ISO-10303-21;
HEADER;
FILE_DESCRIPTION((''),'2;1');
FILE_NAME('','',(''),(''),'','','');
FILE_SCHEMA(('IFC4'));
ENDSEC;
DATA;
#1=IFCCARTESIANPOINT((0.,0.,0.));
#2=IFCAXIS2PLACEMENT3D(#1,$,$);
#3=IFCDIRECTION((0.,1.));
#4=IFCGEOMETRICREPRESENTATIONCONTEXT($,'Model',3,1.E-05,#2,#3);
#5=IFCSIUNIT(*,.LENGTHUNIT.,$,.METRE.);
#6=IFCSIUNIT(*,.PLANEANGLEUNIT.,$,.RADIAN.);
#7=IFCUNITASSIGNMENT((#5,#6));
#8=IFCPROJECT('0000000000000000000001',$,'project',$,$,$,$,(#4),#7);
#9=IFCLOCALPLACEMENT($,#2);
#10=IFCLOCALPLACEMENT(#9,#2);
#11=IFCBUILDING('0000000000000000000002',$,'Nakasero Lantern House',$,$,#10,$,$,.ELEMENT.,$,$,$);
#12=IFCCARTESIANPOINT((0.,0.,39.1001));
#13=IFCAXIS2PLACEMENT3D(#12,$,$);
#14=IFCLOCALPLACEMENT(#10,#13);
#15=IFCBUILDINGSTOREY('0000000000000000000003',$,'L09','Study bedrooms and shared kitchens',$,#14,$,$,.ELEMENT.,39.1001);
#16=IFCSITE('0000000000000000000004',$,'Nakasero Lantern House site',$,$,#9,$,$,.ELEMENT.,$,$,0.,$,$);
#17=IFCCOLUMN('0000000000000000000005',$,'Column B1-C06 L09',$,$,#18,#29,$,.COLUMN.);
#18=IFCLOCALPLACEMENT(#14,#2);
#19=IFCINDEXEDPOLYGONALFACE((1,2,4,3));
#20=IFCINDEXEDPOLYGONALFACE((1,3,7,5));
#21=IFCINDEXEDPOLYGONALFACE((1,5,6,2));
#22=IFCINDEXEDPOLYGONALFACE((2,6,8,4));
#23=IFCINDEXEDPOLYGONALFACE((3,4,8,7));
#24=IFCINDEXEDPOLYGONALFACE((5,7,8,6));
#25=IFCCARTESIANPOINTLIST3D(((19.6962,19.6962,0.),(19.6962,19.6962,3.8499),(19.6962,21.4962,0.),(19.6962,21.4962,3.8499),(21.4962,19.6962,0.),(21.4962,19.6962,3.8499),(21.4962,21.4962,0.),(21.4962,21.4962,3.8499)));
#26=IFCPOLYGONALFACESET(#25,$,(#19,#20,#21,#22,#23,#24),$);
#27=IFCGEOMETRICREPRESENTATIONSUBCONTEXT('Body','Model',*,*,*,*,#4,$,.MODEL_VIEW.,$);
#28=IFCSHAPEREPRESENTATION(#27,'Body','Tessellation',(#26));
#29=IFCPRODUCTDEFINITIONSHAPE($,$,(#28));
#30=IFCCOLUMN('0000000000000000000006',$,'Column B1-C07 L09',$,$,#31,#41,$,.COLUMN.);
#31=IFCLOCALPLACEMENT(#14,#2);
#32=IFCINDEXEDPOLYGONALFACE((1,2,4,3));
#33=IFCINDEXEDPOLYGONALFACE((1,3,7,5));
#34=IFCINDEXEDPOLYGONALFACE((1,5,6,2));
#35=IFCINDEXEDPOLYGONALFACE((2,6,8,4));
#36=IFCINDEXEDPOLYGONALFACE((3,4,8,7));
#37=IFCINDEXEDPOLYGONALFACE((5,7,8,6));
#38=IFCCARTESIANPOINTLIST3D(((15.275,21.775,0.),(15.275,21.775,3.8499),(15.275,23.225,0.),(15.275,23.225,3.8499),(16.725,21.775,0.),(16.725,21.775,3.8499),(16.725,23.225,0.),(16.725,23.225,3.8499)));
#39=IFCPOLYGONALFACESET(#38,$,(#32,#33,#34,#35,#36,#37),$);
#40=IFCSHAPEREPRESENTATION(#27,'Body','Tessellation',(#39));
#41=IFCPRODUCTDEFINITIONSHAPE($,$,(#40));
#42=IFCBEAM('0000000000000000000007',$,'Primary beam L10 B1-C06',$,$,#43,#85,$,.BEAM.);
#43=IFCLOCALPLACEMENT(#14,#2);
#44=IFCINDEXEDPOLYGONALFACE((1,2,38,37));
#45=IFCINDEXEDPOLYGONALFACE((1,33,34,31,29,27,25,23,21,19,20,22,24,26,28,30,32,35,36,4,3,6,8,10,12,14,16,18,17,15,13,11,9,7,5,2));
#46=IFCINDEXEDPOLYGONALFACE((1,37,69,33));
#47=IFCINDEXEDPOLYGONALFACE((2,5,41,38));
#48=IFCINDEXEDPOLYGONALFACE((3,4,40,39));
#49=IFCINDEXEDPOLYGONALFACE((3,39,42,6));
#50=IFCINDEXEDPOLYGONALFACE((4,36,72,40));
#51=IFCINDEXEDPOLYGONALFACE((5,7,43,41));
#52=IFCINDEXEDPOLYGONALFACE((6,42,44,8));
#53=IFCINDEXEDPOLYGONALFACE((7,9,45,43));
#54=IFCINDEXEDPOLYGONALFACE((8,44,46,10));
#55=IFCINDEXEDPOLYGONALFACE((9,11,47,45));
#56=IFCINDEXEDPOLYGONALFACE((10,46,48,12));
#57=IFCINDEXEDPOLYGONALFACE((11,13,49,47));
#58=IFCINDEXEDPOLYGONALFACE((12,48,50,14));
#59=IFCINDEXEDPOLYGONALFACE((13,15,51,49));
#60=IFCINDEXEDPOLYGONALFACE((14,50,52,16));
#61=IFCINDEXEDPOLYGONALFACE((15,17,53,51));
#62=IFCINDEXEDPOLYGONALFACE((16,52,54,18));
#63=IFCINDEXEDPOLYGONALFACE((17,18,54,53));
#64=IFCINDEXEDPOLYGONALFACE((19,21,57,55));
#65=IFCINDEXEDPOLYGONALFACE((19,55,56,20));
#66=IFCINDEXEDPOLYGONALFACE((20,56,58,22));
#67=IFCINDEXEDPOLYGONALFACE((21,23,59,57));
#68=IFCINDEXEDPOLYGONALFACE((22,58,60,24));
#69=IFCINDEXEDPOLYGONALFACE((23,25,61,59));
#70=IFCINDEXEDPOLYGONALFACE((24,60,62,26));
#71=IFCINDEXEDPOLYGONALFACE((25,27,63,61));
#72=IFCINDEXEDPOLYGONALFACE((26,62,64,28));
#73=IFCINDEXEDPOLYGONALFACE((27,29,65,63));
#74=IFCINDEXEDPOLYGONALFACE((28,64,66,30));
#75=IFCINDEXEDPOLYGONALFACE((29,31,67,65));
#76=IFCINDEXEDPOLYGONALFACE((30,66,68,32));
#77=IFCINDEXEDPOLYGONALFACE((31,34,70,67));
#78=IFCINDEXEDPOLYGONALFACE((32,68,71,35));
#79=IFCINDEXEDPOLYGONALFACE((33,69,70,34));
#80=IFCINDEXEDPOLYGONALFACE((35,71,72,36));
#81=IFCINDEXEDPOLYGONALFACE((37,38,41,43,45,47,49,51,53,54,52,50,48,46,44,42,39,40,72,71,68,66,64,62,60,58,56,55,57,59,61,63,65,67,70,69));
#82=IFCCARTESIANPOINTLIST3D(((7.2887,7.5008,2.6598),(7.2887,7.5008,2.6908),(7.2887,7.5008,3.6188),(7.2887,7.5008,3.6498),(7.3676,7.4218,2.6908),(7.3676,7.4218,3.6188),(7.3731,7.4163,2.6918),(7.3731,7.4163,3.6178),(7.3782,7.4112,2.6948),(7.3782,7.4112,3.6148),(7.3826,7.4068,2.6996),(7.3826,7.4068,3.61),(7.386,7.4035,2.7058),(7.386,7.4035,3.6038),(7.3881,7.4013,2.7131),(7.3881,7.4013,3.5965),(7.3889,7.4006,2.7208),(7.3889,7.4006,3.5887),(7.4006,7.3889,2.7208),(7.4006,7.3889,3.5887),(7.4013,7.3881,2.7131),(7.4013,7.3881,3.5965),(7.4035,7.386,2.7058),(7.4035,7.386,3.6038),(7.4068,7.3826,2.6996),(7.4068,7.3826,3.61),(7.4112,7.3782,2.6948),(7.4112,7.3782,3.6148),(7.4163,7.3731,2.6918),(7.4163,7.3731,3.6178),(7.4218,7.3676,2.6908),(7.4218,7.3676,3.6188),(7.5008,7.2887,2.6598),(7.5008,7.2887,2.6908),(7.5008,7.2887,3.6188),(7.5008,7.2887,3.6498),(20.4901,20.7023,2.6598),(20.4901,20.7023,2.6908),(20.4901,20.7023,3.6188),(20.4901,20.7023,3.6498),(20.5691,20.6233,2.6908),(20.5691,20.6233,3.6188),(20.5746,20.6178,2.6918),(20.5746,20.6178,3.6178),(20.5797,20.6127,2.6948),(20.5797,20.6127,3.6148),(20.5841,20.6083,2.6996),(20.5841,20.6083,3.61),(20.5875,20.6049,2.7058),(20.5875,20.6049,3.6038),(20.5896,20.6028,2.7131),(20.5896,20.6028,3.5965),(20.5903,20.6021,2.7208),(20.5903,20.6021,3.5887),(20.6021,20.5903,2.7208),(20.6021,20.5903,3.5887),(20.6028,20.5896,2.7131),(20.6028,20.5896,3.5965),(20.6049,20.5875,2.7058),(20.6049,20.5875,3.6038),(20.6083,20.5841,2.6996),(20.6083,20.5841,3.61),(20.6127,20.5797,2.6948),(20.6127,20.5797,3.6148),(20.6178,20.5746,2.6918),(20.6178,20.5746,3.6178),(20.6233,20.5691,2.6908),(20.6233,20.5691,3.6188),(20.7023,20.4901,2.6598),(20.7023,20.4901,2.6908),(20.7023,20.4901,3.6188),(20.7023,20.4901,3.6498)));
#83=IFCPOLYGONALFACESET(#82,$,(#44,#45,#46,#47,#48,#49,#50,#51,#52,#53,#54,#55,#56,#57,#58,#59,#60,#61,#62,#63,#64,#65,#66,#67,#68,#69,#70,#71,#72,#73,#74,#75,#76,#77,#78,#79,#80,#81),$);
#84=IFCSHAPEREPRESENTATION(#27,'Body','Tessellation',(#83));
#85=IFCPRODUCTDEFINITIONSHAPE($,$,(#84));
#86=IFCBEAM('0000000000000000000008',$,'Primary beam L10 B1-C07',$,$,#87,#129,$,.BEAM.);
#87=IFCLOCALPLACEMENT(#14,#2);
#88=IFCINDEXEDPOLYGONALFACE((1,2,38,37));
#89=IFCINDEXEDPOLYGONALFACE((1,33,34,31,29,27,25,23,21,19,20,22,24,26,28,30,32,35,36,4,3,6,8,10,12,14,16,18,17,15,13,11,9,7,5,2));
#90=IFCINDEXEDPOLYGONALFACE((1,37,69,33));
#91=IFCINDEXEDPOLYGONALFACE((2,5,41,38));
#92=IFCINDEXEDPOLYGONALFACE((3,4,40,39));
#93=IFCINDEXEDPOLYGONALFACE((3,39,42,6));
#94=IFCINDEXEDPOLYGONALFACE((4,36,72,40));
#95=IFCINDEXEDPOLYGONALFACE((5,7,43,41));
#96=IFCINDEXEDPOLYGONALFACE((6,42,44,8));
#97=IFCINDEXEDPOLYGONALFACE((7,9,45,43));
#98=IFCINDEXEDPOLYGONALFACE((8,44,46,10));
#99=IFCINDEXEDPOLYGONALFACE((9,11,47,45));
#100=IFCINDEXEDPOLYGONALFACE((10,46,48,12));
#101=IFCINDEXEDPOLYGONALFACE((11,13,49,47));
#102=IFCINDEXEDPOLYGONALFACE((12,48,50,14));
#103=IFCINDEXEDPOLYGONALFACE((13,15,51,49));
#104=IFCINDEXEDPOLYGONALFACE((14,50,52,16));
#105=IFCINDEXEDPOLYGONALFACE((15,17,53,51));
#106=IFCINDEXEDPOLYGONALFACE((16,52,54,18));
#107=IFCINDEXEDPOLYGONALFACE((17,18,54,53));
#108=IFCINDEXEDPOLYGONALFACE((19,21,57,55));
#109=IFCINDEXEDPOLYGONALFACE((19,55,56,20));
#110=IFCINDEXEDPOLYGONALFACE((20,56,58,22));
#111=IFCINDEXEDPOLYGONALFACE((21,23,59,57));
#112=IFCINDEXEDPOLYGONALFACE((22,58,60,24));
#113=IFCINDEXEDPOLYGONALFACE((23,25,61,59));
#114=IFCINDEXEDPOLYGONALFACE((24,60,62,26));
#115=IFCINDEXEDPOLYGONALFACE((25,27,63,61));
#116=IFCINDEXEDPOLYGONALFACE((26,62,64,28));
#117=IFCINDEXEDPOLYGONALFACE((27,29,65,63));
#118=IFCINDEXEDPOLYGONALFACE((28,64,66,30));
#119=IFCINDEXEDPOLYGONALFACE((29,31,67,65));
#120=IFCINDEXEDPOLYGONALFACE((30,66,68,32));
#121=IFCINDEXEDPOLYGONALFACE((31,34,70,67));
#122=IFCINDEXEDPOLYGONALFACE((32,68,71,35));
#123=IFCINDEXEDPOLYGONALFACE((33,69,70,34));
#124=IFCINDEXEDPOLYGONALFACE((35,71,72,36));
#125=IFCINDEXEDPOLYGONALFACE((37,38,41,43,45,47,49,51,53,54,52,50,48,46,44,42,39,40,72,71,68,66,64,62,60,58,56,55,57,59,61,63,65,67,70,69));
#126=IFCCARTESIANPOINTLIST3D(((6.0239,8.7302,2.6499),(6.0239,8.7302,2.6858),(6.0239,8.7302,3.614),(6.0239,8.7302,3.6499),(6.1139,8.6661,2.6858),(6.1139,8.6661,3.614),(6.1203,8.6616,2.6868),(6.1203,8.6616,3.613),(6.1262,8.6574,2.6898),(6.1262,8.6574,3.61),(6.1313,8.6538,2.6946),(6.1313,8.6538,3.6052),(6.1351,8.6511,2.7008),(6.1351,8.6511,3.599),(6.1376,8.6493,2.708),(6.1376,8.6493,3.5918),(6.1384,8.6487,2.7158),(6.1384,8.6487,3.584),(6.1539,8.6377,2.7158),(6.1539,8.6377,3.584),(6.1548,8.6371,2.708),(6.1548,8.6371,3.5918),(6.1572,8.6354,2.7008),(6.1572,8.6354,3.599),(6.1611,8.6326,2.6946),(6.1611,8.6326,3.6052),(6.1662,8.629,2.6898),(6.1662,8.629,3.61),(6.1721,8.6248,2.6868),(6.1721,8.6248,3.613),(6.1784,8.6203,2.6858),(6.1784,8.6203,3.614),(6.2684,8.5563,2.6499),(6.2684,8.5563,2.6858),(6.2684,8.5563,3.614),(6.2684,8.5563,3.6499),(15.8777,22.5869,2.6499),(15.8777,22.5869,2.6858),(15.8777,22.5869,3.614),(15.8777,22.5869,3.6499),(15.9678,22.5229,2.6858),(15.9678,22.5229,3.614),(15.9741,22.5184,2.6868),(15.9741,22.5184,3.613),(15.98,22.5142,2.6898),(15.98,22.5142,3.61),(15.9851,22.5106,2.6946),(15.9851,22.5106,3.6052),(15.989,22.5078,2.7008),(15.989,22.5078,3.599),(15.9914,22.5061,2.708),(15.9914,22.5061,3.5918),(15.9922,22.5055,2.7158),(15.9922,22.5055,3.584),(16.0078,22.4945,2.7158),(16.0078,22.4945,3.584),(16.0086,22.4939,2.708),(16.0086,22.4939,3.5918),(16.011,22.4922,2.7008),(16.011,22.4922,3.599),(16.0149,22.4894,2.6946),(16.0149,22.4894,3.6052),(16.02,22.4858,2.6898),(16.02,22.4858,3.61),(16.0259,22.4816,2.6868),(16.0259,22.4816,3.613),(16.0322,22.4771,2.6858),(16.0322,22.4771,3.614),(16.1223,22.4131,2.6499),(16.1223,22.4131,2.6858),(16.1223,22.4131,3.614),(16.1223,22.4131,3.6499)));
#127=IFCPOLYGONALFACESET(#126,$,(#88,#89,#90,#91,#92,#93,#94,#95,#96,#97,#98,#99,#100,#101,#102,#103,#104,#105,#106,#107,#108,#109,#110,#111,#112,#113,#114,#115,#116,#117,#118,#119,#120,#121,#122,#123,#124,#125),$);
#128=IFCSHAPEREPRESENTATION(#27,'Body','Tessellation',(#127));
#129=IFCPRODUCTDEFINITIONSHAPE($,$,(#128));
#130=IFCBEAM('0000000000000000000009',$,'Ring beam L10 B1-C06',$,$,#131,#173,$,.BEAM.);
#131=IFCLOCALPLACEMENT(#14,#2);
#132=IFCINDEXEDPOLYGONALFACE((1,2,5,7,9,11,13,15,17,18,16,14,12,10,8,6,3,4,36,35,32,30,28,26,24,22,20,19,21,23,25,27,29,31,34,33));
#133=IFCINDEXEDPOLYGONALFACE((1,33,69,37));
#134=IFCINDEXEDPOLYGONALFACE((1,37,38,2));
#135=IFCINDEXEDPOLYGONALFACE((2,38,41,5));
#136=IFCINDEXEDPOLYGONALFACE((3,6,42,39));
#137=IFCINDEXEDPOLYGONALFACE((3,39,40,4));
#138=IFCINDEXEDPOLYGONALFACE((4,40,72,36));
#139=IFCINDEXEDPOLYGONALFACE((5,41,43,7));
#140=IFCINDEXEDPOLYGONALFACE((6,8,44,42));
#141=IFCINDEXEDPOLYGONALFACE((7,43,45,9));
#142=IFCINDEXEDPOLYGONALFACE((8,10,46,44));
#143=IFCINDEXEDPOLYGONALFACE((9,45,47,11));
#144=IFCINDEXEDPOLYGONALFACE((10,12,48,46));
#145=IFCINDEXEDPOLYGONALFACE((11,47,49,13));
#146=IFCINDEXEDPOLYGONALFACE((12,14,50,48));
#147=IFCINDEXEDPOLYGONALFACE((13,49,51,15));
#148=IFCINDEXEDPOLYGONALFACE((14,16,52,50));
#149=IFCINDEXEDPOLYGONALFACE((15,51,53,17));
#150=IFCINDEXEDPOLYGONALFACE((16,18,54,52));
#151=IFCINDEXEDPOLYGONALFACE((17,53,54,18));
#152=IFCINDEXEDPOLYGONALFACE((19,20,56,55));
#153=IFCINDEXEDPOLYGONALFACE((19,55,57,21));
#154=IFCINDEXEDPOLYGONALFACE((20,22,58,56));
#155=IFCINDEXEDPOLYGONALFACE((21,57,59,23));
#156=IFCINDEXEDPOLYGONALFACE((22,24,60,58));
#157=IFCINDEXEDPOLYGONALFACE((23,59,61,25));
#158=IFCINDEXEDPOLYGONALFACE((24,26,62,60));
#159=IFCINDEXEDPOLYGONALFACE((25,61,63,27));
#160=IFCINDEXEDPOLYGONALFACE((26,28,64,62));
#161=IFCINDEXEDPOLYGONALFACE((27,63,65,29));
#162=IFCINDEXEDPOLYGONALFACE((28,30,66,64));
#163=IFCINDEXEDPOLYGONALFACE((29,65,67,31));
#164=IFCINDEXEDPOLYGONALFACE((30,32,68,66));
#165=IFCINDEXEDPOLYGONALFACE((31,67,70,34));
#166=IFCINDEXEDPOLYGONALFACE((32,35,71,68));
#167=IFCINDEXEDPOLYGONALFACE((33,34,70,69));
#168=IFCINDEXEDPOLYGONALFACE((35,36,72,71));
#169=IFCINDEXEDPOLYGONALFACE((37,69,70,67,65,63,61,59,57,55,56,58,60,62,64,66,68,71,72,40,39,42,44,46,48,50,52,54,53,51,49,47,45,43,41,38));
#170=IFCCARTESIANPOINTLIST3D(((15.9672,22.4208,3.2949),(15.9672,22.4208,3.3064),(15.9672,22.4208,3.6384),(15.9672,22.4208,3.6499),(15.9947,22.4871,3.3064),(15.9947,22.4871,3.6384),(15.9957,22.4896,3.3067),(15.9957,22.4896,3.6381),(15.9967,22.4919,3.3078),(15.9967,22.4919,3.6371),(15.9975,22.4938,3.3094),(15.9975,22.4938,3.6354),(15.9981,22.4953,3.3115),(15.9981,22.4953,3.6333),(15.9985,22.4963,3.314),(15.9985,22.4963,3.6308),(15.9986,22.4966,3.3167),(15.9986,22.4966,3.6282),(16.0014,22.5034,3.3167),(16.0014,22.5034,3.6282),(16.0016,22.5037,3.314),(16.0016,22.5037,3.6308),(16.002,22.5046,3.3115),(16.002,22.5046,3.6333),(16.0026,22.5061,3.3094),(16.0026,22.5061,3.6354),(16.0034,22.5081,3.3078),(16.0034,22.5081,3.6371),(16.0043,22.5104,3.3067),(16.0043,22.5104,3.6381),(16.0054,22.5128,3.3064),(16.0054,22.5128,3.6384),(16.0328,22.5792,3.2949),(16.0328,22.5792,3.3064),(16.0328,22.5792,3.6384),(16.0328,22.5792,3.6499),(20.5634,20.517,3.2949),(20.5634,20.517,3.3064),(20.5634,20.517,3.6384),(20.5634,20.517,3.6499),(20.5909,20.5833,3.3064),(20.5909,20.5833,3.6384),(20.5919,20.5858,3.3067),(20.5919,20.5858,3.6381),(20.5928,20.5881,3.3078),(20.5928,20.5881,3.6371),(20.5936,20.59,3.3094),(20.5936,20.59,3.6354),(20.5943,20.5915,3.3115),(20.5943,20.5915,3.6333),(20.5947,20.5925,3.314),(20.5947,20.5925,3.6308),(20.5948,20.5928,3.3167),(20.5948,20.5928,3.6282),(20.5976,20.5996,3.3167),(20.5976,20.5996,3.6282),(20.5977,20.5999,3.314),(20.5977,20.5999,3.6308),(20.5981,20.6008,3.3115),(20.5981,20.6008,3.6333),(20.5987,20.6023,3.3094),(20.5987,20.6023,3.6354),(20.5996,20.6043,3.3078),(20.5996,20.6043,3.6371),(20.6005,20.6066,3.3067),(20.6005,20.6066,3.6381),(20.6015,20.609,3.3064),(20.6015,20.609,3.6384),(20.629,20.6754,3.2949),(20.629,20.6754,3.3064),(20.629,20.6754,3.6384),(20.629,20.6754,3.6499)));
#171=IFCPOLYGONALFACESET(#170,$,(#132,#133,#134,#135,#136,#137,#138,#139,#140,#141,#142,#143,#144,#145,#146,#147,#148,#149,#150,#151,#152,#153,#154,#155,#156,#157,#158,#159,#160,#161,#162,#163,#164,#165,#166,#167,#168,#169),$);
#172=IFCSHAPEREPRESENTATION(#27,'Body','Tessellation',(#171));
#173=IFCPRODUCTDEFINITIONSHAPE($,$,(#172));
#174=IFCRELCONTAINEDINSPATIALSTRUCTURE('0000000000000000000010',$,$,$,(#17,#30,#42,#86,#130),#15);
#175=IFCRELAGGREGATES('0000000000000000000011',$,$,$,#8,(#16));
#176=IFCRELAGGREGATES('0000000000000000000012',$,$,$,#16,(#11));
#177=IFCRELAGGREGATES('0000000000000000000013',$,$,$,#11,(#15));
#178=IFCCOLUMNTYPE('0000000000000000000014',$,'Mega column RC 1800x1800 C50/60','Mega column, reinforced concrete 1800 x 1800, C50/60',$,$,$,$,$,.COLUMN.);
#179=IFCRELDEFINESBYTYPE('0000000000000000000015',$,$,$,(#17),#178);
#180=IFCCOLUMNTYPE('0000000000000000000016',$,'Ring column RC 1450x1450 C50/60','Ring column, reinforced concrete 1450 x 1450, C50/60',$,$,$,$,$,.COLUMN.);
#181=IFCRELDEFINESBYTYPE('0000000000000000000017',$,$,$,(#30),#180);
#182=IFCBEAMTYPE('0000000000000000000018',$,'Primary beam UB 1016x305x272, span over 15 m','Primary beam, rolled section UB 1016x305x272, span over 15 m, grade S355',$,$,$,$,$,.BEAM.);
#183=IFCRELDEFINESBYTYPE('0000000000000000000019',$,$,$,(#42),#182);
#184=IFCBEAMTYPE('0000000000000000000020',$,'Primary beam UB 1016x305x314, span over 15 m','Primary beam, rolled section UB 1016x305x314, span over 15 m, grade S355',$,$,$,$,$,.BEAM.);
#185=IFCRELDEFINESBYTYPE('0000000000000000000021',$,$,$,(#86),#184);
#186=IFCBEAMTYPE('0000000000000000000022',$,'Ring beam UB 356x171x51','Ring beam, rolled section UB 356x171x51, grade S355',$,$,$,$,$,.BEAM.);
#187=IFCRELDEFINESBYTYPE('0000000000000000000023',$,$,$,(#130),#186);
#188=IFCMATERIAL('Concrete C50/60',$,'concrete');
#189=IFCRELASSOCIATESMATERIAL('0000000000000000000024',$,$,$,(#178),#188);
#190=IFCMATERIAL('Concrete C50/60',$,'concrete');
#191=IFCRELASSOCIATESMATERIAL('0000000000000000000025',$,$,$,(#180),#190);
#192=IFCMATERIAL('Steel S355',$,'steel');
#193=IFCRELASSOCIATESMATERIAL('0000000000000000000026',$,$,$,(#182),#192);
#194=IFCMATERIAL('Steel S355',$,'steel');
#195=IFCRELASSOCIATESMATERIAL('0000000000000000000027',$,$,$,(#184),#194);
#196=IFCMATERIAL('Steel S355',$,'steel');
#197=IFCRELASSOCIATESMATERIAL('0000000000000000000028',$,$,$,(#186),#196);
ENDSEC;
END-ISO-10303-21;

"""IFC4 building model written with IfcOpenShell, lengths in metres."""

from ifc_helpers import new_model, si_unit, direction, frame, origin, origin_2d, place, context, subcontext, project, spatial, rectangle, i_section, extrude, material, material_profile, profile_set, type_object, element, save


model = new_model("IFC4")

# Units and contexts
model_context = context("Model", 3, precision=1e-05, world=origin(), true_north=direction((0.0, 1.0)))
body_context = subcontext(model_context, "Body", "Model", "MODEL_VIEW")
ifc_project = project(units=[si_unit("LENGTHUNIT", "METRE"), si_unit("PLANEANGLEUNIT", "RADIAN")], contexts=[model_context])

# Site, building, storey
site_placement = place(None, origin())
site = spatial("IfcSite", under=ifc_project, at=site_placement, Name="Nakasero Lantern House site", CompositionType="ELEMENT", RefElevation=0.0)
building_placement = place(site_placement, origin())
building = spatial("IfcBuilding", under=site, at=building_placement, Name="Nakasero Lantern House", CompositionType="ELEMENT")
storey_placement = place(building_placement, frame((0.0, 0.0, 39.1001)))
storey = spatial("IfcBuildingStorey", under=building, at=storey_placement, Name="L09", Description="Study bedrooms and shared kitchens", CompositionType="ELEMENT", Elevation=39.1001)

# Columns
ifc_material_1 = material(Name="Concrete C50/60", Category="concrete")
ifc_material_profile_1 = material_profile(ifc_material_1, rectangle(XDim=1.8, YDim=1.8, at=origin_2d()), Name="RC 1800x1800")
ifc_profile_set_1 = profile_set([ifc_material_profile_1], Name="Concrete C50/60")
column_type_1 = type_object("IfcColumnType", Name="Mega column RC 1800x1800 C50/60", Description="Mega column, reinforced concrete 1800 x 1800, C50/60", PredefinedType="COLUMN", material=ifc_profile_set_1)
column_1_placement = place(storey_placement, frame((20.5962, 20.5962, 0.0), z_axis=(0.0, 0.0, 1.0), x_axis=(1.0, 0.0, 0.0)))
element("IfcColumn", 1, at=column_1_placement, inside=storey, type_object=column_type_1, Name="Column B1-C06 L09", PredefinedType="COLUMN", context=body_context, shape_type="SweptSolid", body=[
    extrude(rectangle(XDim=1.8, YDim=1.8, at=origin_2d()), origin(), (0.0, 0.0, 1.0), 3.8499),
])
ifc_material_2 = material(Name="Concrete C50/60", Category="concrete")
ifc_material_profile_2 = material_profile(ifc_material_2, rectangle(XDim=1.45, YDim=1.45, at=origin_2d()), Name="RC 1450x1450")
ifc_profile_set_2 = profile_set([ifc_material_profile_2], Name="Concrete C50/60")
column_type_2 = type_object("IfcColumnType", Name="Ring column RC 1450x1450 C50/60", Description="Ring column, reinforced concrete 1450 x 1450, C50/60", PredefinedType="COLUMN", material=ifc_profile_set_2)
column_2_placement = place(storey_placement, frame((16.0, 22.5, 0.0), z_axis=(0.0, 0.0, 1.0), x_axis=(1.0, 0.0, 0.0)))
element("IfcColumn", 2, at=column_2_placement, inside=storey, type_object=column_type_2, Name="Column B1-C07 L09", PredefinedType="COLUMN", context=body_context, shape_type="SweptSolid", body=[
    extrude(rectangle(XDim=1.45, YDim=1.45, at=origin_2d()), origin(), (0.0, 0.0, 1.0), 3.8499),
])

# Beams
ifc_material_3 = material(Name="Steel S355", Category="steel")
ifc_material_profile_3 = material_profile(ifc_material_3, i_section(OverallWidth=0.3, OverallDepth=0.99, WebThickness=0.0166, FlangeThickness=0.031, FilletRadius=0.03, at=origin_2d()), Name="UB 1016x305x272")
ifc_profile_set_3 = profile_set([ifc_material_profile_3], Name="Steel S355")
beam_type_1 = type_object("IfcBeamType", Name="Primary beam UB 1016x305x272, span over 15 m", Description="Primary beam, rolled section UB 1016x305x272, span over 15 m, grade S355", PredefinedType="BEAM", material=ifc_profile_set_3)
beam_1_placement = place(storey_placement, frame((20.5962, 20.5962, 3.1548), z_axis=(-0.707107, -0.707107, 0.0), x_axis=(0.707107, -0.707107, 0.0)))
element("IfcBeam", 3, at=beam_1_placement, inside=storey, type_object=beam_type_1, Name="Primary beam L10 B1-C06", PredefinedType="BEAM", context=body_context, shape_type="SweptSolid", body=[
    extrude(i_section(OverallWidth=0.3, OverallDepth=0.99, WebThickness=0.0166, FlangeThickness=0.031, FilletRadius=0.03, at=origin_2d()), origin(), (0.0, 0.0, 1.0), 18.6697),
])
ifc_material_4 = material(Name="Steel S355", Category="steel")
ifc_material_profile_4 = material_profile(ifc_material_4, i_section(OverallWidth=0.3, OverallDepth=1.0, WebThickness=0.019, FlangeThickness=0.0359, FilletRadius=0.03, at=origin_2d()), Name="UB 1016x305x314")
ifc_profile_set_4 = profile_set([ifc_material_profile_4], Name="Steel S355")
beam_type_2 = type_object("IfcBeamType", Name="Primary beam UB 1016x305x314, span over 15 m", Description="Primary beam, rolled section UB 1016x305x314, span over 15 m, grade S355", PredefinedType="BEAM", material=ifc_profile_set_4)
beam_2_placement = place(storey_placement, frame((16.0, 22.5, 3.1499), z_axis=(-0.579528, -0.814952, 0.0), x_axis=(0.814952, -0.579528, 0.0)))
element("IfcBeam", 4, at=beam_2_placement, inside=storey, type_object=beam_type_2, Name="Primary beam L10 B1-C07", PredefinedType="BEAM", context=body_context, shape_type="SweptSolid", body=[
    extrude(i_section(OverallWidth=0.3, OverallDepth=1.0, WebThickness=0.019, FlangeThickness=0.0359, FilletRadius=0.03, at=origin_2d()), origin(), (0.0, 0.0, 1.0), 17.0032),
])
ifc_material_5 = material(Name="Steel S355", Category="steel")
ifc_material_profile_5 = material_profile(ifc_material_5, i_section(OverallWidth=0.1714, OverallDepth=0.355, WebThickness=0.0073, FlangeThickness=0.0115, FilletRadius=0.0103, at=origin_2d()), Name="UB 356x171x51")
ifc_profile_set_5 = profile_set([ifc_material_profile_5], Name="Steel S355")
beam_type_3 = type_object("IfcBeamType", Name="Ring beam UB 356x171x51", Description="Ring beam, rolled section UB 356x171x51, grade S355", PredefinedType="BEAM", material=ifc_profile_set_5)
beam_3_placement = place(storey_placement, frame((20.5962, 20.5962, 3.4724), z_axis=(-0.923879, 0.382684, 0.0), x_axis=(-0.382684, -0.923879, 0.0)))
element("IfcBeam", 5, at=beam_3_placement, inside=storey, type_object=beam_type_3, Name="Ring beam L10 B1-C06", PredefinedType="BEAM", context=body_context, shape_type="SweptSolid", body=[
    extrude(i_section(OverallWidth=0.1714, OverallDepth=0.355, WebThickness=0.0073, FlangeThickness=0.0115, FilletRadius=0.0103, at=origin_2d()), origin(), (0.0, 0.0, 1.0), 4.9749),
])

save(model, "model.ifc")
